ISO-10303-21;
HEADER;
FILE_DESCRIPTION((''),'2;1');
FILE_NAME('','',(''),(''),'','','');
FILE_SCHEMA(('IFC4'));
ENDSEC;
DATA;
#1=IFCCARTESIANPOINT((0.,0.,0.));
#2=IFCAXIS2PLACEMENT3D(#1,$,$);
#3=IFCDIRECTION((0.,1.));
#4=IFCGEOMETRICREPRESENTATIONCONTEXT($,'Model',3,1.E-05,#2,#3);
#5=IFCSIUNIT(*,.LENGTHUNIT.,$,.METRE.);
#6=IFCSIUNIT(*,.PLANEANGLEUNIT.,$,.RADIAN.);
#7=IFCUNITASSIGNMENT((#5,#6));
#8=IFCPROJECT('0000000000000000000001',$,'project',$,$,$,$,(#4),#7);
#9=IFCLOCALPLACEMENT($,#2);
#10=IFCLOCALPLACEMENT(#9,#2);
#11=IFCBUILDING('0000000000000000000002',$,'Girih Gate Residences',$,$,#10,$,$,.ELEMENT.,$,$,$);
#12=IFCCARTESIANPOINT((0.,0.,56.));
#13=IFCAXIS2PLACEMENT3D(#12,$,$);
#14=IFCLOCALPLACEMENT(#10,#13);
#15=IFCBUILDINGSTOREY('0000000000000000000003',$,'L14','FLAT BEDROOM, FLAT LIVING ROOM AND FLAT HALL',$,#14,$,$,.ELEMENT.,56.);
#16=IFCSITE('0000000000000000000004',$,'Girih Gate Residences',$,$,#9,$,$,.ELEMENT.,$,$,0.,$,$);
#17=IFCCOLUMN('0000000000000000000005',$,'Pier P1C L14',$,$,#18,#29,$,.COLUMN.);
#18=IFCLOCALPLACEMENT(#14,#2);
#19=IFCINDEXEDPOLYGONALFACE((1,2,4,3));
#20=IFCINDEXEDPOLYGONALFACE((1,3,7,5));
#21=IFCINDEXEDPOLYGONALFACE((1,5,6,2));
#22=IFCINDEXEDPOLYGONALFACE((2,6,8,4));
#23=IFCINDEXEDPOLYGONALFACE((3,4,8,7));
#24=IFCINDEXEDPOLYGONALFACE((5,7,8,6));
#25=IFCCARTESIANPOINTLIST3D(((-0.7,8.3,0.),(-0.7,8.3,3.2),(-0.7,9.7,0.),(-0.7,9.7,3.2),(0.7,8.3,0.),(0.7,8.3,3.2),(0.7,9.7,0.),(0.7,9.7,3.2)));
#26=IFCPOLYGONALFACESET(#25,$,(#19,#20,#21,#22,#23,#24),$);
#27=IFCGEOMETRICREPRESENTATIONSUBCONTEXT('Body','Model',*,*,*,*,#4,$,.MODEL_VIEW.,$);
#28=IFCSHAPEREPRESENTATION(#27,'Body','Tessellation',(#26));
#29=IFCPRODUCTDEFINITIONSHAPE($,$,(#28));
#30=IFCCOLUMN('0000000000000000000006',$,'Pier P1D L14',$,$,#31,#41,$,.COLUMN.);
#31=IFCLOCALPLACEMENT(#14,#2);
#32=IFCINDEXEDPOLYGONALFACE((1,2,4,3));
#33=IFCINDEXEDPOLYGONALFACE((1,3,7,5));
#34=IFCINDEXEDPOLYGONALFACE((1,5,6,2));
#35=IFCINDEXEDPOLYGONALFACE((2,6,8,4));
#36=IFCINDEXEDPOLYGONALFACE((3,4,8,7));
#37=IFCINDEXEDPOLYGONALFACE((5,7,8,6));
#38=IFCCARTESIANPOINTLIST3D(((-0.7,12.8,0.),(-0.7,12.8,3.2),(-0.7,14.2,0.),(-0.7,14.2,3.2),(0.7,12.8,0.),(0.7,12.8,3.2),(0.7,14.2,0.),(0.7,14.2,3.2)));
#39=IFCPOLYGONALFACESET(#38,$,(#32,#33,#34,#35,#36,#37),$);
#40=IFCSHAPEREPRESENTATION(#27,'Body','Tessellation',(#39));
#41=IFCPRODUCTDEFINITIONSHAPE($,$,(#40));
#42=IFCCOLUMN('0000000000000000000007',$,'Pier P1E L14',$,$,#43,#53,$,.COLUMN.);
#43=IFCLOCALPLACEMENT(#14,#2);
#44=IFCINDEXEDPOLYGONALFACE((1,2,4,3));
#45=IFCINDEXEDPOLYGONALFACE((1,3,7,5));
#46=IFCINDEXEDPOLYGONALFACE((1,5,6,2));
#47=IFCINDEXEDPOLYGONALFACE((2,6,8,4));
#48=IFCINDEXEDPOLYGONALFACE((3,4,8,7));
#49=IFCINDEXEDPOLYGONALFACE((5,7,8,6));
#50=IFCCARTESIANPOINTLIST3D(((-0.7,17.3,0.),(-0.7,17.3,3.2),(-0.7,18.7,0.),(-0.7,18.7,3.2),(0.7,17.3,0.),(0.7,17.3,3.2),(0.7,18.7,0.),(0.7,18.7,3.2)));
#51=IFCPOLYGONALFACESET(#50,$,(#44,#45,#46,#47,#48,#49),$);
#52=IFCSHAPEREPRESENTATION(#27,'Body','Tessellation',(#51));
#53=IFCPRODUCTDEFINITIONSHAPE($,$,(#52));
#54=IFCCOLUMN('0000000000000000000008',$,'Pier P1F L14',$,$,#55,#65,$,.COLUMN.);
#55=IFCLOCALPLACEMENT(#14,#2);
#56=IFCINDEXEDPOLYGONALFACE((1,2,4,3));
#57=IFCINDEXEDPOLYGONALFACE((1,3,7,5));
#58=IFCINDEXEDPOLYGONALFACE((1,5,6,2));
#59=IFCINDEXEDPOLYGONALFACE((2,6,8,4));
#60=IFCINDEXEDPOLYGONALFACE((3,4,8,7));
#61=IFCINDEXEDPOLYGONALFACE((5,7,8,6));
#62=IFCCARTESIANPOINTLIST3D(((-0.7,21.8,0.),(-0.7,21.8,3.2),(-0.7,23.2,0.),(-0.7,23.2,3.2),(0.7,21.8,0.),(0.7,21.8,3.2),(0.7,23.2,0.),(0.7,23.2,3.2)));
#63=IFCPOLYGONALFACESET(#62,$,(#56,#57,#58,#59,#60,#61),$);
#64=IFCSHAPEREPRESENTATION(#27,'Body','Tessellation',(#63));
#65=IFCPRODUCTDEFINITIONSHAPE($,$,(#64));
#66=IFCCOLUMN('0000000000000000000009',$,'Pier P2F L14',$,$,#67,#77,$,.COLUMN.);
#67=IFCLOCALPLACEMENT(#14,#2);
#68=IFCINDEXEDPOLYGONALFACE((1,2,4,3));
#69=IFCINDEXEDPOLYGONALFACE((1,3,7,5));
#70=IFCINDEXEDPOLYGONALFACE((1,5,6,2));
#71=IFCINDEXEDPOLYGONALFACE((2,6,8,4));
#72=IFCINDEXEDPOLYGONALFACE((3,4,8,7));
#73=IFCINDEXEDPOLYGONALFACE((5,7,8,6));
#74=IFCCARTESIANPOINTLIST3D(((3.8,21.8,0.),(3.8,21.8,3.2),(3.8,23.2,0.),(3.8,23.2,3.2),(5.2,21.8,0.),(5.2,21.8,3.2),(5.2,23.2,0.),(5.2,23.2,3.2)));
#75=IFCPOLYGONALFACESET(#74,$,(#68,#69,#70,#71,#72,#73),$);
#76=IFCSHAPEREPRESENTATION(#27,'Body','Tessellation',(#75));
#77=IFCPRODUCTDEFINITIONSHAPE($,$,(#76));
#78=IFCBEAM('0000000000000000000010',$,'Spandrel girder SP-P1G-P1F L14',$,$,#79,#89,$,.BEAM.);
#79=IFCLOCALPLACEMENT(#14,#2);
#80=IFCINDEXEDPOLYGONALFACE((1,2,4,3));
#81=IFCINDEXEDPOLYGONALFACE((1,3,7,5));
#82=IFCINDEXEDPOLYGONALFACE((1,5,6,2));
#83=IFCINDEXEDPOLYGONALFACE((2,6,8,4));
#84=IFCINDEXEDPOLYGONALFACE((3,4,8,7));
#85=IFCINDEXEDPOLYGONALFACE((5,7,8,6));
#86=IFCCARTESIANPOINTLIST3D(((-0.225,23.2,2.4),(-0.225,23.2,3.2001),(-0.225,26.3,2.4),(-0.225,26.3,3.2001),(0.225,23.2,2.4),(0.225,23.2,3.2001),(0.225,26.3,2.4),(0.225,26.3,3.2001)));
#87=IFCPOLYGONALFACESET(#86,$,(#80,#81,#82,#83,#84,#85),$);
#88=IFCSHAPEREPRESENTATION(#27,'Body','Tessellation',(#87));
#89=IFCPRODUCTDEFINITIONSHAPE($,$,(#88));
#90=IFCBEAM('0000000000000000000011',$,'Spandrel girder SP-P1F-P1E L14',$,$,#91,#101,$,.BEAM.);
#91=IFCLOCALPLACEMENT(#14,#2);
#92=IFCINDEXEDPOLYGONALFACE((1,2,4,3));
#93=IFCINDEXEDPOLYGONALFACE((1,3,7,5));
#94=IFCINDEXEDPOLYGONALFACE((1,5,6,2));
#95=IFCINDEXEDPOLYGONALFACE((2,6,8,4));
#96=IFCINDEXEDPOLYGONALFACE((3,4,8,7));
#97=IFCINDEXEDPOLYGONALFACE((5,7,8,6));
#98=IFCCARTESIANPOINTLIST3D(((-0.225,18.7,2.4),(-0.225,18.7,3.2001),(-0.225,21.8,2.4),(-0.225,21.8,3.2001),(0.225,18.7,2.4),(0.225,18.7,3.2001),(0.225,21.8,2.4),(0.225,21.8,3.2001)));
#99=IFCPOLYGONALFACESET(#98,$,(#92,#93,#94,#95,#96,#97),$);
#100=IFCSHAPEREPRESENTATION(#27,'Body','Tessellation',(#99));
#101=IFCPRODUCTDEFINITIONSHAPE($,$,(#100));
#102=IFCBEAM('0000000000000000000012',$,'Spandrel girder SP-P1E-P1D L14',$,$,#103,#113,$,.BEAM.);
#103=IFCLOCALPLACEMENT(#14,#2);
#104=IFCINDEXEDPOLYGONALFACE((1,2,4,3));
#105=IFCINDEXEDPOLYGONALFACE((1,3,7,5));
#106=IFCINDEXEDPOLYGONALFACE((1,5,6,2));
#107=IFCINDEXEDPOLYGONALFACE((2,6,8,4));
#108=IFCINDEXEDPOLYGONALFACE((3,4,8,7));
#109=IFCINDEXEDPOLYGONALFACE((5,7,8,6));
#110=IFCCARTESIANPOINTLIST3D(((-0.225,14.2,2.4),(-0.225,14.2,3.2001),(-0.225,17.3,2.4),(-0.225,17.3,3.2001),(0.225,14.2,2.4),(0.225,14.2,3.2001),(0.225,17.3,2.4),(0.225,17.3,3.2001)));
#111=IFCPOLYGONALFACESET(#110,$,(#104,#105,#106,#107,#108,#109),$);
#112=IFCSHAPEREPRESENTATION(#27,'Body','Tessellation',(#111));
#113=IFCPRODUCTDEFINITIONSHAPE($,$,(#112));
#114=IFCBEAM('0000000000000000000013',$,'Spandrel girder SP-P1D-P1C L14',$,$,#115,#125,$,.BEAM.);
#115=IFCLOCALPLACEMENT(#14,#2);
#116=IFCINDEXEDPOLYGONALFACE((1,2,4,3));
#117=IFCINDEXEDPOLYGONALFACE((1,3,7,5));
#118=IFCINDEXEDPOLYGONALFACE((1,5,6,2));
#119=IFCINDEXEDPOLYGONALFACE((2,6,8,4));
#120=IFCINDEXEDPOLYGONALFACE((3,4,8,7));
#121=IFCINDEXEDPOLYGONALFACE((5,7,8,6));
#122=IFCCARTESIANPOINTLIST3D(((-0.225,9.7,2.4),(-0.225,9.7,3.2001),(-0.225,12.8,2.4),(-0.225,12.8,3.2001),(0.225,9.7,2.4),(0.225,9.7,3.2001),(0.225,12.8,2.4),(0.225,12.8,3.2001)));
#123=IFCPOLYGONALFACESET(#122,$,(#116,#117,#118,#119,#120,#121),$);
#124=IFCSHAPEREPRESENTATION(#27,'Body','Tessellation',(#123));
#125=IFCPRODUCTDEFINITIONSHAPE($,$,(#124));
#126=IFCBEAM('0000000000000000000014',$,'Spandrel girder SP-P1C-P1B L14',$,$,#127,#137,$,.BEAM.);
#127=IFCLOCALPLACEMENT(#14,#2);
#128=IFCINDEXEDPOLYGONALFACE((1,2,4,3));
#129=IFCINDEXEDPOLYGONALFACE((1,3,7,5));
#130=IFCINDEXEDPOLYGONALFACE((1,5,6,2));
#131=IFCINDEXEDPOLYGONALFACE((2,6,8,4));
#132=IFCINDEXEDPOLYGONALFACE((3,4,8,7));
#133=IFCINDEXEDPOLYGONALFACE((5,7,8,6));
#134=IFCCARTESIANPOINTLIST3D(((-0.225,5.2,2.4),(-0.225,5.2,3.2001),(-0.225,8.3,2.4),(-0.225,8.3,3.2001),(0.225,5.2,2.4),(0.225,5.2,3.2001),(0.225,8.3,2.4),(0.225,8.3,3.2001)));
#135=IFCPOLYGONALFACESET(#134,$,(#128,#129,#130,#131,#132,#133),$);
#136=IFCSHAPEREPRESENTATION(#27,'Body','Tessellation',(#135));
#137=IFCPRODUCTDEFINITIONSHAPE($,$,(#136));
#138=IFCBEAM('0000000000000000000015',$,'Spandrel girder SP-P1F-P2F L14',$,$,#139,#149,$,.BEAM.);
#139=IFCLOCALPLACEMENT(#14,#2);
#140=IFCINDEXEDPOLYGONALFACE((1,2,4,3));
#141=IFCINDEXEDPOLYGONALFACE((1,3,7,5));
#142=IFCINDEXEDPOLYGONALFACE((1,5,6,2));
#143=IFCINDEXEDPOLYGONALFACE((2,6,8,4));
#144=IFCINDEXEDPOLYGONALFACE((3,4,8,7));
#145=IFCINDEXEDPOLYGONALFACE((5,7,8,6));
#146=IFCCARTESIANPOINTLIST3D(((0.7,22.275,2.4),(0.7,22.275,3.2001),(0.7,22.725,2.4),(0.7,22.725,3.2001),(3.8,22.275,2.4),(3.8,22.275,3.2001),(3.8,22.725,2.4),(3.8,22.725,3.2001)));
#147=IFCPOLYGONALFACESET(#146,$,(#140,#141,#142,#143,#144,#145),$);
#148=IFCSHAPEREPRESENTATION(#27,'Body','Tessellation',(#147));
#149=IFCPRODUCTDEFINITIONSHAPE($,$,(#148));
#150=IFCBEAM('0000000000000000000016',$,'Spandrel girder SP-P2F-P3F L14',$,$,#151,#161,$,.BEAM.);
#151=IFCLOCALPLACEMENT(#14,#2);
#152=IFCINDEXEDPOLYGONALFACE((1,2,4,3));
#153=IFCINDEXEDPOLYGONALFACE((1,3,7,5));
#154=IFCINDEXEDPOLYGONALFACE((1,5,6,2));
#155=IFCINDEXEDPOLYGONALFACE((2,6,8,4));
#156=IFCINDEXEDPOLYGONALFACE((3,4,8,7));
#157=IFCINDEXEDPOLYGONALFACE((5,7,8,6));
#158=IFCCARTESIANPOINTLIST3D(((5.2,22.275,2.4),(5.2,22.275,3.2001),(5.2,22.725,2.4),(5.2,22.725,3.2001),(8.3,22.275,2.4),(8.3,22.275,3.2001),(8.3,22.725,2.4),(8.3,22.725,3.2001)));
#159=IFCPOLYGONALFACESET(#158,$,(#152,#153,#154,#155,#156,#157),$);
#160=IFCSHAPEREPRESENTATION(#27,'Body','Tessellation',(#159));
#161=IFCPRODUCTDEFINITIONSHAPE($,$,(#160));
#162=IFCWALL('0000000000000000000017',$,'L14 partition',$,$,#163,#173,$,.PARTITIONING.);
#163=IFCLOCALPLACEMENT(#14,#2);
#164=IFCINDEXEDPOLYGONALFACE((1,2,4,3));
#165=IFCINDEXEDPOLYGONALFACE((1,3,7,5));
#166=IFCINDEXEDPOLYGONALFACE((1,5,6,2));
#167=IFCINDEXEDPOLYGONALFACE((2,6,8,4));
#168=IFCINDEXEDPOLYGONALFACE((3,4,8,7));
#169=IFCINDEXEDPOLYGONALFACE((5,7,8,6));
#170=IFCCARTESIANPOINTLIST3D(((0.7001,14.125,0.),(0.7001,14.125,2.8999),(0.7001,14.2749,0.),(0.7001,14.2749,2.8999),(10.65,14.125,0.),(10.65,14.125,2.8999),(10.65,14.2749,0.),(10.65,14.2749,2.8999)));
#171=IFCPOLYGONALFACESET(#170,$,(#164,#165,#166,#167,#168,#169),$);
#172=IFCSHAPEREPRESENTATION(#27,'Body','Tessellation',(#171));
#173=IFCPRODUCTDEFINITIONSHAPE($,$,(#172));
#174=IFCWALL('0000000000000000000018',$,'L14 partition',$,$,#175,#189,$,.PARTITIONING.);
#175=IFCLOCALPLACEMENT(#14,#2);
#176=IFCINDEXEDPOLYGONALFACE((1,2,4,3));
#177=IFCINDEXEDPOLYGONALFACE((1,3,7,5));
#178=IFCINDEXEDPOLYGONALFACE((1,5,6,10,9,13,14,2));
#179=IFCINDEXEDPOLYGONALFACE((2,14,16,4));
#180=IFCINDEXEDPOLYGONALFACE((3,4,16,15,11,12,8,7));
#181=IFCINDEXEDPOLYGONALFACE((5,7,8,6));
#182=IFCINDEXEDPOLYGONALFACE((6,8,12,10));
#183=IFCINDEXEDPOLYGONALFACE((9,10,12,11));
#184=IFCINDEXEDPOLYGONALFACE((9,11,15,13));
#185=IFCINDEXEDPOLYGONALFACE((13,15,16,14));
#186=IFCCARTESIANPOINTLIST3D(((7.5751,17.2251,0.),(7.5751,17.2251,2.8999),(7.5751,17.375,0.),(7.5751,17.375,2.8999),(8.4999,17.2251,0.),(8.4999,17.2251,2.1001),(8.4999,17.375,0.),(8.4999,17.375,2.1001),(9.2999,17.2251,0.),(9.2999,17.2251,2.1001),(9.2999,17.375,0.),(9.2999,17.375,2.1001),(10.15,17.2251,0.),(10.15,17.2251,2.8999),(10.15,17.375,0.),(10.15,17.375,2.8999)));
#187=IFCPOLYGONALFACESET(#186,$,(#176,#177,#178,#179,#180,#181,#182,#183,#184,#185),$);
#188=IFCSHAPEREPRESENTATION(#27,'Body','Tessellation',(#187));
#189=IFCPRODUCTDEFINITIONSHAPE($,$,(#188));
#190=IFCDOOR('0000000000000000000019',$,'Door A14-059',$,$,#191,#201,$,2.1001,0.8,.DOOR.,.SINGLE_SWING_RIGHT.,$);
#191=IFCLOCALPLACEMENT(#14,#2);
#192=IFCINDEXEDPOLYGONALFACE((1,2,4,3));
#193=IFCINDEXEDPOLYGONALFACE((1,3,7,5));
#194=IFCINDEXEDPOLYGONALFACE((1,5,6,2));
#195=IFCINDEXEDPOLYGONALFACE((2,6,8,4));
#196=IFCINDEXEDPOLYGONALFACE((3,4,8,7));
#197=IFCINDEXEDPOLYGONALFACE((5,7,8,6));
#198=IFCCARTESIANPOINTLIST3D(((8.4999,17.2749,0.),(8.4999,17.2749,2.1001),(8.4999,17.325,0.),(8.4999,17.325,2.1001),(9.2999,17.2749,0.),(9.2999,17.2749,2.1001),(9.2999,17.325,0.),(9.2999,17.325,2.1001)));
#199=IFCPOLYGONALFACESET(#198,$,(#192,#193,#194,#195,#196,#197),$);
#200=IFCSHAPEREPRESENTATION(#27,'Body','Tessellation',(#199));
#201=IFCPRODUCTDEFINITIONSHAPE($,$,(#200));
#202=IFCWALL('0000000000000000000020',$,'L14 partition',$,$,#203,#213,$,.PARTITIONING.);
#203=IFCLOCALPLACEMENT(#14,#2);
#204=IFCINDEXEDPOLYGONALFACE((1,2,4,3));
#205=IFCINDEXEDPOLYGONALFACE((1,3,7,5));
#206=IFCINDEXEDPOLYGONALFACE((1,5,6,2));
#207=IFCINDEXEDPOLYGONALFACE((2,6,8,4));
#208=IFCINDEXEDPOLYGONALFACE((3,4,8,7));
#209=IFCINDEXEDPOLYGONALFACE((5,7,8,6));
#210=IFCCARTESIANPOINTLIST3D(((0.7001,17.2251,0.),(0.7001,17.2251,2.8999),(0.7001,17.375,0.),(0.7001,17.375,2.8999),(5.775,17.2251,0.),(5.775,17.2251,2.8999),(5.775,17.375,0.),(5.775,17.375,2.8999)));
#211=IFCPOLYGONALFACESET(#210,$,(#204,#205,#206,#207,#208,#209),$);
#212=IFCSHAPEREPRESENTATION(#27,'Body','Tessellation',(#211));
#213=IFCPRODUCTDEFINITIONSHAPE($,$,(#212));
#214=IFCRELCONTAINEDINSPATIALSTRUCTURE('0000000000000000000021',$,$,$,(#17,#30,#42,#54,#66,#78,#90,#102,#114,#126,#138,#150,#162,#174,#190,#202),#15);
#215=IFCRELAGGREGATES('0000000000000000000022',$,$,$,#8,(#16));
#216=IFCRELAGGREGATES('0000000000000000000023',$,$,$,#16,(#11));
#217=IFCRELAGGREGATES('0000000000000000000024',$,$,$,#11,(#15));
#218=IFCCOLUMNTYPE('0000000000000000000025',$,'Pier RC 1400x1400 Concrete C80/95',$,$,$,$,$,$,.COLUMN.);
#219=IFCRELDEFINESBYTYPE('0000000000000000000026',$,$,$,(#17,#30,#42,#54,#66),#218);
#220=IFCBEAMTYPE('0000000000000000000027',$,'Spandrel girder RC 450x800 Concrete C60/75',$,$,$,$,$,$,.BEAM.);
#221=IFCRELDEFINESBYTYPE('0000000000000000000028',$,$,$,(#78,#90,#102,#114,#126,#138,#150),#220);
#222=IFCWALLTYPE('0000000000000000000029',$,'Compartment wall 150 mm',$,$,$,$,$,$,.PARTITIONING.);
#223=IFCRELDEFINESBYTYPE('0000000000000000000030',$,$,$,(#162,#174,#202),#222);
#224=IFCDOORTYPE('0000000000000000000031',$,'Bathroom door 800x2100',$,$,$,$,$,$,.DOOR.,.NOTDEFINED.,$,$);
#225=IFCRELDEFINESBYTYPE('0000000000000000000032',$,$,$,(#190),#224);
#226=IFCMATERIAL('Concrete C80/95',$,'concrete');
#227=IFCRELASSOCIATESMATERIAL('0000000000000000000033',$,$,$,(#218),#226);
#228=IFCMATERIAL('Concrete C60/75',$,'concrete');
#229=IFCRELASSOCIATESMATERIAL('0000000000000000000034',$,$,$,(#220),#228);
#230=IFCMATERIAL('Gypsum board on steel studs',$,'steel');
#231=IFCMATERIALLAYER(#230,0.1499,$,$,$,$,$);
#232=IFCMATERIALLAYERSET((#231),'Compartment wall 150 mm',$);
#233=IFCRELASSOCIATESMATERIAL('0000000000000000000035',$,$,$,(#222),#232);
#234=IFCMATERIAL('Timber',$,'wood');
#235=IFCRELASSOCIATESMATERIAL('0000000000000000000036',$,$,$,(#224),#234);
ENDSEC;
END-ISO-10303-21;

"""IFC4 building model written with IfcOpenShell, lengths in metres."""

from ifc_helpers import new_model, si_unit, direction, frame, frame_2d, origin, origin_2d, place, context, subcontext, project, spatial, rectangle, extrude, material, layer, layer_set, material_profile, profile_set, type_object, element, fill, save


model = new_model("IFC4")

# Units and contexts
model_context = context("Model", 3, precision=1e-05, world=origin(), true_north=direction((0.0, 1.0)))
body_context = subcontext(model_context, "Body", "Model", "MODEL_VIEW")
ifc_project = project(units=[si_unit("LENGTHUNIT", "METRE"), si_unit("PLANEANGLEUNIT", "RADIAN")], contexts=[model_context])

# Site, building, storey
site_placement = place(None, origin())
site = spatial("IfcSite", under=ifc_project, at=site_placement, Name="Girih Gate Residences", CompositionType="ELEMENT", RefElevation=0.0)
building_placement = place(site_placement, origin())
building = spatial("IfcBuilding", under=site, at=building_placement, Name="Girih Gate Residences", CompositionType="ELEMENT")
storey_placement = place(building_placement, frame((0.0, 0.0, 56.0)))
storey = spatial("IfcBuildingStorey", under=building, at=storey_placement, Name="L14", Description="FLAT BEDROOM, FLAT LIVING ROOM AND FLAT HALL", CompositionType="ELEMENT", Elevation=56.0)

# Columns
ifc_material_1 = material(Name="Concrete C80/95", Category="concrete")
ifc_material_profile_1 = material_profile(ifc_material_1, rectangle(XDim=1.3999, YDim=1.3999, at=origin_2d()))
ifc_profile_set_1 = profile_set([ifc_material_profile_1], Name="Concrete C80/95")
column_type = type_object("IfcColumnType", Name="Pier RC 1400x1400 Concrete C80/95", PredefinedType="COLUMN", material=ifc_profile_set_1)
for number, where, z_axis, x_axis, name in (
    (1, (0.0, 9.0, 0.0), (0.0, 0.0, 1.0), (1.0, 0.0, 0.0), "Pier P1C L14"),
    (2, (0.0, 13.5, 0.0), (0.0, 0.0, 1.0), (1.0, 0.0, 0.0), "Pier P1D L14"),
    (3, (0.0, 18.0, 0.0), (0.0, 0.0, 1.0), (1.0, 0.0, 0.0), "Pier P1E L14"),
    (4, (0.0, 22.5, 0.0), (0.0, 0.0, 1.0), (1.0, 0.0, 0.0), "Pier P1F L14"),
    (5, (4.5, 22.5, 0.0), (0.0, 0.0, 1.0), (1.0, 0.0, 0.0), "Pier P2F L14"),
):
    element("IfcColumn", number, at=place(storey_placement, frame(where, z_axis=z_axis, x_axis=x_axis)), inside=storey, type_object=column_type, Name=name, PredefinedType="COLUMN", context=body_context, shape_type="SweptSolid", body=[
        extrude(rectangle(XDim=1.3999, YDim=1.3999, at=origin_2d()), origin(), (0.0, 0.0, 1.0), 3.2),
    ])

# Beams
ifc_material_2 = material(Name="Concrete C60/75", Category="concrete")
ifc_material_profile_2 = material_profile(ifc_material_2, rectangle(XDim=0.45, YDim=0.8, at=origin_2d()))
ifc_profile_set_2 = profile_set([ifc_material_profile_2], Name="Concrete C60/75")
beam_type = type_object("IfcBeamType", Name="Spandrel girder RC 450x800 Concrete C60/75", PredefinedType="BEAM", material=ifc_profile_set_2)
for number, where, z_axis, x_axis, name in (
    (6, (0.0, 26.3, 2.8), (0.0, -1.0, 0.0), (1.0, 0.0, 0.0), "Spandrel girder SP-P1G-P1F L14"),
    (7, (0.0, 21.8, 2.8), (0.0, -1.0, 0.0), (1.0, 0.0, 0.0), "Spandrel girder SP-P1F-P1E L14"),
    (8, (0.0, 17.3, 2.8), (0.0, -1.0, 0.0), (1.0, 0.0, 0.0), "Spandrel girder SP-P1E-P1D L14"),
    (9, (0.0, 12.8, 2.8), (0.0, -1.0, 0.0), (1.0, 0.0, 0.0), "Spandrel girder SP-P1D-P1C L14"),
    (10, (0.0, 8.3, 2.8), (0.0, -1.0, 0.0), (1.0, 0.0, 0.0), "Spandrel girder SP-P1C-P1B L14"),
    (11, (0.7, 22.5, 2.8), (1.0, 0.0, 0.0), (0.0, 1.0, 0.0), "Spandrel girder SP-P1F-P2F L14"),
    (12, (5.2, 22.5, 2.8), (1.0, 0.0, 0.0), (0.0, 1.0, 0.0), "Spandrel girder SP-P2F-P3F L14"),
):
    element("IfcBeam", number, at=place(storey_placement, frame(where, z_axis=z_axis, x_axis=x_axis)), inside=storey, type_object=beam_type, Name=name, PredefinedType="BEAM", context=body_context, shape_type="SweptSolid", body=[
        extrude(rectangle(XDim=0.45, YDim=0.8, at=origin_2d()), origin(), (0.0, 0.0, 1.0), 3.1001),
    ])

# Wall
ifc_material_3 = material(Name="Gypsum board on steel studs", Category="steel")
ifc_layer_1 = layer(ifc_material_3, 0.1499)
ifc_layer_set_1 = layer_set([ifc_layer_1], Name="Compartment wall 150 mm")
wall_type_1 = type_object("IfcWallType", Name="Compartment wall 150 mm", PredefinedType="PARTITIONING", material=ifc_layer_set_1)
wall_1_placement = place(storey_placement, frame((0.7, 14.2, 0.0), z_axis=(0.0, 0.0, 1.0), x_axis=(1.0, 0.0, 0.0)))
element("IfcWall", 13, at=wall_1_placement, inside=storey, type_object=wall_type_1, Name="L14 partition", PredefinedType="PARTITIONING", context=body_context, shape_type="SweptSolid", body=[
    extrude(rectangle(XDim=9.95, YDim=0.1499, at=frame_2d((4.9751, 0.0))), origin(), (0.0, 0.0, 1.0), 2.8999),
])

# Wall, opening, door
wall_2_placement = place(storey_placement, frame((7.575, 17.3, 0.0), z_axis=(0.0, 0.0, 1.0), x_axis=(1.0, 0.0, 0.0)))
wall_2 = element("IfcWall", 14, at=wall_2_placement, inside=storey, type_object=wall_type_1, Name="L14 partition", PredefinedType="PARTITIONING", context=body_context, shape_type="SweptSolid", body=[
    extrude(rectangle(XDim=2.575, YDim=0.1499, at=frame_2d((1.2876, 0.0))), origin(), (0.0, 0.0, 1.0), 2.8999),
])
opening_1_placement = place(wall_2_placement, frame((0.925, 0.0, 0.0)))
opening_1 = element("IfcOpeningElement", 15, at=opening_1_placement, cuts=wall_2, PredefinedType="OPENING", context=body_context, shape_type="SweptSolid", body=[
    extrude(rectangle(XDim=0.8, YDim=2.1001, at=frame_2d((0.3999, 1.05))), frame((0.0, 0.085, 0.0), z_axis=(0.0, -1.0, 0.0), x_axis=(1.0, 0.0, 0.0)), (0.0, 0.0, 1.0), 0.1699),
])
ifc_material_4 = material(Name="Timber", Category="wood")
door_type_1 = type_object("IfcDoorType", Name="Bathroom door 800x2100", OperationType="NOTDEFINED", PredefinedType="DOOR", material=ifc_material_4)
door_1_placement = place(opening_1_placement, origin())
door_1 = element("IfcDoor", 16, at=door_1_placement, inside=storey, type_object=door_type_1, Name="Door A14-059", OperationType="SINGLE_SWING_RIGHT", OverallHeight=2.1001, OverallWidth=0.8, PredefinedType="DOOR", context=body_context, shape_type="SweptSolid", body=[
    extrude(rectangle(XDim=0.8, YDim=2.1001, at=frame_2d((0.3999, 1.05))), frame((0.0, 0.0249, 0.0), z_axis=(0.0, -1.0, 0.0), x_axis=(1.0, 0.0, 0.0)), (0.0, 0.0, 1.0), 0.05),
])
fill(opening_1, door_1)

# Wall
wall_3_placement = place(storey_placement, frame((0.7, 17.3, 0.0), z_axis=(0.0, 0.0, 1.0), x_axis=(1.0, 0.0, 0.0)))
element("IfcWall", 17, at=wall_3_placement, inside=storey, type_object=wall_type_1, Name="L14 partition", PredefinedType="PARTITIONING", context=body_context, shape_type="SweptSolid", body=[
    extrude(rectangle(XDim=5.075, YDim=0.1499, at=frame_2d((2.5376, 0.0))), origin(), (0.0, 0.0, 1.0), 2.8999),
])

save(model, "model.ifc")
